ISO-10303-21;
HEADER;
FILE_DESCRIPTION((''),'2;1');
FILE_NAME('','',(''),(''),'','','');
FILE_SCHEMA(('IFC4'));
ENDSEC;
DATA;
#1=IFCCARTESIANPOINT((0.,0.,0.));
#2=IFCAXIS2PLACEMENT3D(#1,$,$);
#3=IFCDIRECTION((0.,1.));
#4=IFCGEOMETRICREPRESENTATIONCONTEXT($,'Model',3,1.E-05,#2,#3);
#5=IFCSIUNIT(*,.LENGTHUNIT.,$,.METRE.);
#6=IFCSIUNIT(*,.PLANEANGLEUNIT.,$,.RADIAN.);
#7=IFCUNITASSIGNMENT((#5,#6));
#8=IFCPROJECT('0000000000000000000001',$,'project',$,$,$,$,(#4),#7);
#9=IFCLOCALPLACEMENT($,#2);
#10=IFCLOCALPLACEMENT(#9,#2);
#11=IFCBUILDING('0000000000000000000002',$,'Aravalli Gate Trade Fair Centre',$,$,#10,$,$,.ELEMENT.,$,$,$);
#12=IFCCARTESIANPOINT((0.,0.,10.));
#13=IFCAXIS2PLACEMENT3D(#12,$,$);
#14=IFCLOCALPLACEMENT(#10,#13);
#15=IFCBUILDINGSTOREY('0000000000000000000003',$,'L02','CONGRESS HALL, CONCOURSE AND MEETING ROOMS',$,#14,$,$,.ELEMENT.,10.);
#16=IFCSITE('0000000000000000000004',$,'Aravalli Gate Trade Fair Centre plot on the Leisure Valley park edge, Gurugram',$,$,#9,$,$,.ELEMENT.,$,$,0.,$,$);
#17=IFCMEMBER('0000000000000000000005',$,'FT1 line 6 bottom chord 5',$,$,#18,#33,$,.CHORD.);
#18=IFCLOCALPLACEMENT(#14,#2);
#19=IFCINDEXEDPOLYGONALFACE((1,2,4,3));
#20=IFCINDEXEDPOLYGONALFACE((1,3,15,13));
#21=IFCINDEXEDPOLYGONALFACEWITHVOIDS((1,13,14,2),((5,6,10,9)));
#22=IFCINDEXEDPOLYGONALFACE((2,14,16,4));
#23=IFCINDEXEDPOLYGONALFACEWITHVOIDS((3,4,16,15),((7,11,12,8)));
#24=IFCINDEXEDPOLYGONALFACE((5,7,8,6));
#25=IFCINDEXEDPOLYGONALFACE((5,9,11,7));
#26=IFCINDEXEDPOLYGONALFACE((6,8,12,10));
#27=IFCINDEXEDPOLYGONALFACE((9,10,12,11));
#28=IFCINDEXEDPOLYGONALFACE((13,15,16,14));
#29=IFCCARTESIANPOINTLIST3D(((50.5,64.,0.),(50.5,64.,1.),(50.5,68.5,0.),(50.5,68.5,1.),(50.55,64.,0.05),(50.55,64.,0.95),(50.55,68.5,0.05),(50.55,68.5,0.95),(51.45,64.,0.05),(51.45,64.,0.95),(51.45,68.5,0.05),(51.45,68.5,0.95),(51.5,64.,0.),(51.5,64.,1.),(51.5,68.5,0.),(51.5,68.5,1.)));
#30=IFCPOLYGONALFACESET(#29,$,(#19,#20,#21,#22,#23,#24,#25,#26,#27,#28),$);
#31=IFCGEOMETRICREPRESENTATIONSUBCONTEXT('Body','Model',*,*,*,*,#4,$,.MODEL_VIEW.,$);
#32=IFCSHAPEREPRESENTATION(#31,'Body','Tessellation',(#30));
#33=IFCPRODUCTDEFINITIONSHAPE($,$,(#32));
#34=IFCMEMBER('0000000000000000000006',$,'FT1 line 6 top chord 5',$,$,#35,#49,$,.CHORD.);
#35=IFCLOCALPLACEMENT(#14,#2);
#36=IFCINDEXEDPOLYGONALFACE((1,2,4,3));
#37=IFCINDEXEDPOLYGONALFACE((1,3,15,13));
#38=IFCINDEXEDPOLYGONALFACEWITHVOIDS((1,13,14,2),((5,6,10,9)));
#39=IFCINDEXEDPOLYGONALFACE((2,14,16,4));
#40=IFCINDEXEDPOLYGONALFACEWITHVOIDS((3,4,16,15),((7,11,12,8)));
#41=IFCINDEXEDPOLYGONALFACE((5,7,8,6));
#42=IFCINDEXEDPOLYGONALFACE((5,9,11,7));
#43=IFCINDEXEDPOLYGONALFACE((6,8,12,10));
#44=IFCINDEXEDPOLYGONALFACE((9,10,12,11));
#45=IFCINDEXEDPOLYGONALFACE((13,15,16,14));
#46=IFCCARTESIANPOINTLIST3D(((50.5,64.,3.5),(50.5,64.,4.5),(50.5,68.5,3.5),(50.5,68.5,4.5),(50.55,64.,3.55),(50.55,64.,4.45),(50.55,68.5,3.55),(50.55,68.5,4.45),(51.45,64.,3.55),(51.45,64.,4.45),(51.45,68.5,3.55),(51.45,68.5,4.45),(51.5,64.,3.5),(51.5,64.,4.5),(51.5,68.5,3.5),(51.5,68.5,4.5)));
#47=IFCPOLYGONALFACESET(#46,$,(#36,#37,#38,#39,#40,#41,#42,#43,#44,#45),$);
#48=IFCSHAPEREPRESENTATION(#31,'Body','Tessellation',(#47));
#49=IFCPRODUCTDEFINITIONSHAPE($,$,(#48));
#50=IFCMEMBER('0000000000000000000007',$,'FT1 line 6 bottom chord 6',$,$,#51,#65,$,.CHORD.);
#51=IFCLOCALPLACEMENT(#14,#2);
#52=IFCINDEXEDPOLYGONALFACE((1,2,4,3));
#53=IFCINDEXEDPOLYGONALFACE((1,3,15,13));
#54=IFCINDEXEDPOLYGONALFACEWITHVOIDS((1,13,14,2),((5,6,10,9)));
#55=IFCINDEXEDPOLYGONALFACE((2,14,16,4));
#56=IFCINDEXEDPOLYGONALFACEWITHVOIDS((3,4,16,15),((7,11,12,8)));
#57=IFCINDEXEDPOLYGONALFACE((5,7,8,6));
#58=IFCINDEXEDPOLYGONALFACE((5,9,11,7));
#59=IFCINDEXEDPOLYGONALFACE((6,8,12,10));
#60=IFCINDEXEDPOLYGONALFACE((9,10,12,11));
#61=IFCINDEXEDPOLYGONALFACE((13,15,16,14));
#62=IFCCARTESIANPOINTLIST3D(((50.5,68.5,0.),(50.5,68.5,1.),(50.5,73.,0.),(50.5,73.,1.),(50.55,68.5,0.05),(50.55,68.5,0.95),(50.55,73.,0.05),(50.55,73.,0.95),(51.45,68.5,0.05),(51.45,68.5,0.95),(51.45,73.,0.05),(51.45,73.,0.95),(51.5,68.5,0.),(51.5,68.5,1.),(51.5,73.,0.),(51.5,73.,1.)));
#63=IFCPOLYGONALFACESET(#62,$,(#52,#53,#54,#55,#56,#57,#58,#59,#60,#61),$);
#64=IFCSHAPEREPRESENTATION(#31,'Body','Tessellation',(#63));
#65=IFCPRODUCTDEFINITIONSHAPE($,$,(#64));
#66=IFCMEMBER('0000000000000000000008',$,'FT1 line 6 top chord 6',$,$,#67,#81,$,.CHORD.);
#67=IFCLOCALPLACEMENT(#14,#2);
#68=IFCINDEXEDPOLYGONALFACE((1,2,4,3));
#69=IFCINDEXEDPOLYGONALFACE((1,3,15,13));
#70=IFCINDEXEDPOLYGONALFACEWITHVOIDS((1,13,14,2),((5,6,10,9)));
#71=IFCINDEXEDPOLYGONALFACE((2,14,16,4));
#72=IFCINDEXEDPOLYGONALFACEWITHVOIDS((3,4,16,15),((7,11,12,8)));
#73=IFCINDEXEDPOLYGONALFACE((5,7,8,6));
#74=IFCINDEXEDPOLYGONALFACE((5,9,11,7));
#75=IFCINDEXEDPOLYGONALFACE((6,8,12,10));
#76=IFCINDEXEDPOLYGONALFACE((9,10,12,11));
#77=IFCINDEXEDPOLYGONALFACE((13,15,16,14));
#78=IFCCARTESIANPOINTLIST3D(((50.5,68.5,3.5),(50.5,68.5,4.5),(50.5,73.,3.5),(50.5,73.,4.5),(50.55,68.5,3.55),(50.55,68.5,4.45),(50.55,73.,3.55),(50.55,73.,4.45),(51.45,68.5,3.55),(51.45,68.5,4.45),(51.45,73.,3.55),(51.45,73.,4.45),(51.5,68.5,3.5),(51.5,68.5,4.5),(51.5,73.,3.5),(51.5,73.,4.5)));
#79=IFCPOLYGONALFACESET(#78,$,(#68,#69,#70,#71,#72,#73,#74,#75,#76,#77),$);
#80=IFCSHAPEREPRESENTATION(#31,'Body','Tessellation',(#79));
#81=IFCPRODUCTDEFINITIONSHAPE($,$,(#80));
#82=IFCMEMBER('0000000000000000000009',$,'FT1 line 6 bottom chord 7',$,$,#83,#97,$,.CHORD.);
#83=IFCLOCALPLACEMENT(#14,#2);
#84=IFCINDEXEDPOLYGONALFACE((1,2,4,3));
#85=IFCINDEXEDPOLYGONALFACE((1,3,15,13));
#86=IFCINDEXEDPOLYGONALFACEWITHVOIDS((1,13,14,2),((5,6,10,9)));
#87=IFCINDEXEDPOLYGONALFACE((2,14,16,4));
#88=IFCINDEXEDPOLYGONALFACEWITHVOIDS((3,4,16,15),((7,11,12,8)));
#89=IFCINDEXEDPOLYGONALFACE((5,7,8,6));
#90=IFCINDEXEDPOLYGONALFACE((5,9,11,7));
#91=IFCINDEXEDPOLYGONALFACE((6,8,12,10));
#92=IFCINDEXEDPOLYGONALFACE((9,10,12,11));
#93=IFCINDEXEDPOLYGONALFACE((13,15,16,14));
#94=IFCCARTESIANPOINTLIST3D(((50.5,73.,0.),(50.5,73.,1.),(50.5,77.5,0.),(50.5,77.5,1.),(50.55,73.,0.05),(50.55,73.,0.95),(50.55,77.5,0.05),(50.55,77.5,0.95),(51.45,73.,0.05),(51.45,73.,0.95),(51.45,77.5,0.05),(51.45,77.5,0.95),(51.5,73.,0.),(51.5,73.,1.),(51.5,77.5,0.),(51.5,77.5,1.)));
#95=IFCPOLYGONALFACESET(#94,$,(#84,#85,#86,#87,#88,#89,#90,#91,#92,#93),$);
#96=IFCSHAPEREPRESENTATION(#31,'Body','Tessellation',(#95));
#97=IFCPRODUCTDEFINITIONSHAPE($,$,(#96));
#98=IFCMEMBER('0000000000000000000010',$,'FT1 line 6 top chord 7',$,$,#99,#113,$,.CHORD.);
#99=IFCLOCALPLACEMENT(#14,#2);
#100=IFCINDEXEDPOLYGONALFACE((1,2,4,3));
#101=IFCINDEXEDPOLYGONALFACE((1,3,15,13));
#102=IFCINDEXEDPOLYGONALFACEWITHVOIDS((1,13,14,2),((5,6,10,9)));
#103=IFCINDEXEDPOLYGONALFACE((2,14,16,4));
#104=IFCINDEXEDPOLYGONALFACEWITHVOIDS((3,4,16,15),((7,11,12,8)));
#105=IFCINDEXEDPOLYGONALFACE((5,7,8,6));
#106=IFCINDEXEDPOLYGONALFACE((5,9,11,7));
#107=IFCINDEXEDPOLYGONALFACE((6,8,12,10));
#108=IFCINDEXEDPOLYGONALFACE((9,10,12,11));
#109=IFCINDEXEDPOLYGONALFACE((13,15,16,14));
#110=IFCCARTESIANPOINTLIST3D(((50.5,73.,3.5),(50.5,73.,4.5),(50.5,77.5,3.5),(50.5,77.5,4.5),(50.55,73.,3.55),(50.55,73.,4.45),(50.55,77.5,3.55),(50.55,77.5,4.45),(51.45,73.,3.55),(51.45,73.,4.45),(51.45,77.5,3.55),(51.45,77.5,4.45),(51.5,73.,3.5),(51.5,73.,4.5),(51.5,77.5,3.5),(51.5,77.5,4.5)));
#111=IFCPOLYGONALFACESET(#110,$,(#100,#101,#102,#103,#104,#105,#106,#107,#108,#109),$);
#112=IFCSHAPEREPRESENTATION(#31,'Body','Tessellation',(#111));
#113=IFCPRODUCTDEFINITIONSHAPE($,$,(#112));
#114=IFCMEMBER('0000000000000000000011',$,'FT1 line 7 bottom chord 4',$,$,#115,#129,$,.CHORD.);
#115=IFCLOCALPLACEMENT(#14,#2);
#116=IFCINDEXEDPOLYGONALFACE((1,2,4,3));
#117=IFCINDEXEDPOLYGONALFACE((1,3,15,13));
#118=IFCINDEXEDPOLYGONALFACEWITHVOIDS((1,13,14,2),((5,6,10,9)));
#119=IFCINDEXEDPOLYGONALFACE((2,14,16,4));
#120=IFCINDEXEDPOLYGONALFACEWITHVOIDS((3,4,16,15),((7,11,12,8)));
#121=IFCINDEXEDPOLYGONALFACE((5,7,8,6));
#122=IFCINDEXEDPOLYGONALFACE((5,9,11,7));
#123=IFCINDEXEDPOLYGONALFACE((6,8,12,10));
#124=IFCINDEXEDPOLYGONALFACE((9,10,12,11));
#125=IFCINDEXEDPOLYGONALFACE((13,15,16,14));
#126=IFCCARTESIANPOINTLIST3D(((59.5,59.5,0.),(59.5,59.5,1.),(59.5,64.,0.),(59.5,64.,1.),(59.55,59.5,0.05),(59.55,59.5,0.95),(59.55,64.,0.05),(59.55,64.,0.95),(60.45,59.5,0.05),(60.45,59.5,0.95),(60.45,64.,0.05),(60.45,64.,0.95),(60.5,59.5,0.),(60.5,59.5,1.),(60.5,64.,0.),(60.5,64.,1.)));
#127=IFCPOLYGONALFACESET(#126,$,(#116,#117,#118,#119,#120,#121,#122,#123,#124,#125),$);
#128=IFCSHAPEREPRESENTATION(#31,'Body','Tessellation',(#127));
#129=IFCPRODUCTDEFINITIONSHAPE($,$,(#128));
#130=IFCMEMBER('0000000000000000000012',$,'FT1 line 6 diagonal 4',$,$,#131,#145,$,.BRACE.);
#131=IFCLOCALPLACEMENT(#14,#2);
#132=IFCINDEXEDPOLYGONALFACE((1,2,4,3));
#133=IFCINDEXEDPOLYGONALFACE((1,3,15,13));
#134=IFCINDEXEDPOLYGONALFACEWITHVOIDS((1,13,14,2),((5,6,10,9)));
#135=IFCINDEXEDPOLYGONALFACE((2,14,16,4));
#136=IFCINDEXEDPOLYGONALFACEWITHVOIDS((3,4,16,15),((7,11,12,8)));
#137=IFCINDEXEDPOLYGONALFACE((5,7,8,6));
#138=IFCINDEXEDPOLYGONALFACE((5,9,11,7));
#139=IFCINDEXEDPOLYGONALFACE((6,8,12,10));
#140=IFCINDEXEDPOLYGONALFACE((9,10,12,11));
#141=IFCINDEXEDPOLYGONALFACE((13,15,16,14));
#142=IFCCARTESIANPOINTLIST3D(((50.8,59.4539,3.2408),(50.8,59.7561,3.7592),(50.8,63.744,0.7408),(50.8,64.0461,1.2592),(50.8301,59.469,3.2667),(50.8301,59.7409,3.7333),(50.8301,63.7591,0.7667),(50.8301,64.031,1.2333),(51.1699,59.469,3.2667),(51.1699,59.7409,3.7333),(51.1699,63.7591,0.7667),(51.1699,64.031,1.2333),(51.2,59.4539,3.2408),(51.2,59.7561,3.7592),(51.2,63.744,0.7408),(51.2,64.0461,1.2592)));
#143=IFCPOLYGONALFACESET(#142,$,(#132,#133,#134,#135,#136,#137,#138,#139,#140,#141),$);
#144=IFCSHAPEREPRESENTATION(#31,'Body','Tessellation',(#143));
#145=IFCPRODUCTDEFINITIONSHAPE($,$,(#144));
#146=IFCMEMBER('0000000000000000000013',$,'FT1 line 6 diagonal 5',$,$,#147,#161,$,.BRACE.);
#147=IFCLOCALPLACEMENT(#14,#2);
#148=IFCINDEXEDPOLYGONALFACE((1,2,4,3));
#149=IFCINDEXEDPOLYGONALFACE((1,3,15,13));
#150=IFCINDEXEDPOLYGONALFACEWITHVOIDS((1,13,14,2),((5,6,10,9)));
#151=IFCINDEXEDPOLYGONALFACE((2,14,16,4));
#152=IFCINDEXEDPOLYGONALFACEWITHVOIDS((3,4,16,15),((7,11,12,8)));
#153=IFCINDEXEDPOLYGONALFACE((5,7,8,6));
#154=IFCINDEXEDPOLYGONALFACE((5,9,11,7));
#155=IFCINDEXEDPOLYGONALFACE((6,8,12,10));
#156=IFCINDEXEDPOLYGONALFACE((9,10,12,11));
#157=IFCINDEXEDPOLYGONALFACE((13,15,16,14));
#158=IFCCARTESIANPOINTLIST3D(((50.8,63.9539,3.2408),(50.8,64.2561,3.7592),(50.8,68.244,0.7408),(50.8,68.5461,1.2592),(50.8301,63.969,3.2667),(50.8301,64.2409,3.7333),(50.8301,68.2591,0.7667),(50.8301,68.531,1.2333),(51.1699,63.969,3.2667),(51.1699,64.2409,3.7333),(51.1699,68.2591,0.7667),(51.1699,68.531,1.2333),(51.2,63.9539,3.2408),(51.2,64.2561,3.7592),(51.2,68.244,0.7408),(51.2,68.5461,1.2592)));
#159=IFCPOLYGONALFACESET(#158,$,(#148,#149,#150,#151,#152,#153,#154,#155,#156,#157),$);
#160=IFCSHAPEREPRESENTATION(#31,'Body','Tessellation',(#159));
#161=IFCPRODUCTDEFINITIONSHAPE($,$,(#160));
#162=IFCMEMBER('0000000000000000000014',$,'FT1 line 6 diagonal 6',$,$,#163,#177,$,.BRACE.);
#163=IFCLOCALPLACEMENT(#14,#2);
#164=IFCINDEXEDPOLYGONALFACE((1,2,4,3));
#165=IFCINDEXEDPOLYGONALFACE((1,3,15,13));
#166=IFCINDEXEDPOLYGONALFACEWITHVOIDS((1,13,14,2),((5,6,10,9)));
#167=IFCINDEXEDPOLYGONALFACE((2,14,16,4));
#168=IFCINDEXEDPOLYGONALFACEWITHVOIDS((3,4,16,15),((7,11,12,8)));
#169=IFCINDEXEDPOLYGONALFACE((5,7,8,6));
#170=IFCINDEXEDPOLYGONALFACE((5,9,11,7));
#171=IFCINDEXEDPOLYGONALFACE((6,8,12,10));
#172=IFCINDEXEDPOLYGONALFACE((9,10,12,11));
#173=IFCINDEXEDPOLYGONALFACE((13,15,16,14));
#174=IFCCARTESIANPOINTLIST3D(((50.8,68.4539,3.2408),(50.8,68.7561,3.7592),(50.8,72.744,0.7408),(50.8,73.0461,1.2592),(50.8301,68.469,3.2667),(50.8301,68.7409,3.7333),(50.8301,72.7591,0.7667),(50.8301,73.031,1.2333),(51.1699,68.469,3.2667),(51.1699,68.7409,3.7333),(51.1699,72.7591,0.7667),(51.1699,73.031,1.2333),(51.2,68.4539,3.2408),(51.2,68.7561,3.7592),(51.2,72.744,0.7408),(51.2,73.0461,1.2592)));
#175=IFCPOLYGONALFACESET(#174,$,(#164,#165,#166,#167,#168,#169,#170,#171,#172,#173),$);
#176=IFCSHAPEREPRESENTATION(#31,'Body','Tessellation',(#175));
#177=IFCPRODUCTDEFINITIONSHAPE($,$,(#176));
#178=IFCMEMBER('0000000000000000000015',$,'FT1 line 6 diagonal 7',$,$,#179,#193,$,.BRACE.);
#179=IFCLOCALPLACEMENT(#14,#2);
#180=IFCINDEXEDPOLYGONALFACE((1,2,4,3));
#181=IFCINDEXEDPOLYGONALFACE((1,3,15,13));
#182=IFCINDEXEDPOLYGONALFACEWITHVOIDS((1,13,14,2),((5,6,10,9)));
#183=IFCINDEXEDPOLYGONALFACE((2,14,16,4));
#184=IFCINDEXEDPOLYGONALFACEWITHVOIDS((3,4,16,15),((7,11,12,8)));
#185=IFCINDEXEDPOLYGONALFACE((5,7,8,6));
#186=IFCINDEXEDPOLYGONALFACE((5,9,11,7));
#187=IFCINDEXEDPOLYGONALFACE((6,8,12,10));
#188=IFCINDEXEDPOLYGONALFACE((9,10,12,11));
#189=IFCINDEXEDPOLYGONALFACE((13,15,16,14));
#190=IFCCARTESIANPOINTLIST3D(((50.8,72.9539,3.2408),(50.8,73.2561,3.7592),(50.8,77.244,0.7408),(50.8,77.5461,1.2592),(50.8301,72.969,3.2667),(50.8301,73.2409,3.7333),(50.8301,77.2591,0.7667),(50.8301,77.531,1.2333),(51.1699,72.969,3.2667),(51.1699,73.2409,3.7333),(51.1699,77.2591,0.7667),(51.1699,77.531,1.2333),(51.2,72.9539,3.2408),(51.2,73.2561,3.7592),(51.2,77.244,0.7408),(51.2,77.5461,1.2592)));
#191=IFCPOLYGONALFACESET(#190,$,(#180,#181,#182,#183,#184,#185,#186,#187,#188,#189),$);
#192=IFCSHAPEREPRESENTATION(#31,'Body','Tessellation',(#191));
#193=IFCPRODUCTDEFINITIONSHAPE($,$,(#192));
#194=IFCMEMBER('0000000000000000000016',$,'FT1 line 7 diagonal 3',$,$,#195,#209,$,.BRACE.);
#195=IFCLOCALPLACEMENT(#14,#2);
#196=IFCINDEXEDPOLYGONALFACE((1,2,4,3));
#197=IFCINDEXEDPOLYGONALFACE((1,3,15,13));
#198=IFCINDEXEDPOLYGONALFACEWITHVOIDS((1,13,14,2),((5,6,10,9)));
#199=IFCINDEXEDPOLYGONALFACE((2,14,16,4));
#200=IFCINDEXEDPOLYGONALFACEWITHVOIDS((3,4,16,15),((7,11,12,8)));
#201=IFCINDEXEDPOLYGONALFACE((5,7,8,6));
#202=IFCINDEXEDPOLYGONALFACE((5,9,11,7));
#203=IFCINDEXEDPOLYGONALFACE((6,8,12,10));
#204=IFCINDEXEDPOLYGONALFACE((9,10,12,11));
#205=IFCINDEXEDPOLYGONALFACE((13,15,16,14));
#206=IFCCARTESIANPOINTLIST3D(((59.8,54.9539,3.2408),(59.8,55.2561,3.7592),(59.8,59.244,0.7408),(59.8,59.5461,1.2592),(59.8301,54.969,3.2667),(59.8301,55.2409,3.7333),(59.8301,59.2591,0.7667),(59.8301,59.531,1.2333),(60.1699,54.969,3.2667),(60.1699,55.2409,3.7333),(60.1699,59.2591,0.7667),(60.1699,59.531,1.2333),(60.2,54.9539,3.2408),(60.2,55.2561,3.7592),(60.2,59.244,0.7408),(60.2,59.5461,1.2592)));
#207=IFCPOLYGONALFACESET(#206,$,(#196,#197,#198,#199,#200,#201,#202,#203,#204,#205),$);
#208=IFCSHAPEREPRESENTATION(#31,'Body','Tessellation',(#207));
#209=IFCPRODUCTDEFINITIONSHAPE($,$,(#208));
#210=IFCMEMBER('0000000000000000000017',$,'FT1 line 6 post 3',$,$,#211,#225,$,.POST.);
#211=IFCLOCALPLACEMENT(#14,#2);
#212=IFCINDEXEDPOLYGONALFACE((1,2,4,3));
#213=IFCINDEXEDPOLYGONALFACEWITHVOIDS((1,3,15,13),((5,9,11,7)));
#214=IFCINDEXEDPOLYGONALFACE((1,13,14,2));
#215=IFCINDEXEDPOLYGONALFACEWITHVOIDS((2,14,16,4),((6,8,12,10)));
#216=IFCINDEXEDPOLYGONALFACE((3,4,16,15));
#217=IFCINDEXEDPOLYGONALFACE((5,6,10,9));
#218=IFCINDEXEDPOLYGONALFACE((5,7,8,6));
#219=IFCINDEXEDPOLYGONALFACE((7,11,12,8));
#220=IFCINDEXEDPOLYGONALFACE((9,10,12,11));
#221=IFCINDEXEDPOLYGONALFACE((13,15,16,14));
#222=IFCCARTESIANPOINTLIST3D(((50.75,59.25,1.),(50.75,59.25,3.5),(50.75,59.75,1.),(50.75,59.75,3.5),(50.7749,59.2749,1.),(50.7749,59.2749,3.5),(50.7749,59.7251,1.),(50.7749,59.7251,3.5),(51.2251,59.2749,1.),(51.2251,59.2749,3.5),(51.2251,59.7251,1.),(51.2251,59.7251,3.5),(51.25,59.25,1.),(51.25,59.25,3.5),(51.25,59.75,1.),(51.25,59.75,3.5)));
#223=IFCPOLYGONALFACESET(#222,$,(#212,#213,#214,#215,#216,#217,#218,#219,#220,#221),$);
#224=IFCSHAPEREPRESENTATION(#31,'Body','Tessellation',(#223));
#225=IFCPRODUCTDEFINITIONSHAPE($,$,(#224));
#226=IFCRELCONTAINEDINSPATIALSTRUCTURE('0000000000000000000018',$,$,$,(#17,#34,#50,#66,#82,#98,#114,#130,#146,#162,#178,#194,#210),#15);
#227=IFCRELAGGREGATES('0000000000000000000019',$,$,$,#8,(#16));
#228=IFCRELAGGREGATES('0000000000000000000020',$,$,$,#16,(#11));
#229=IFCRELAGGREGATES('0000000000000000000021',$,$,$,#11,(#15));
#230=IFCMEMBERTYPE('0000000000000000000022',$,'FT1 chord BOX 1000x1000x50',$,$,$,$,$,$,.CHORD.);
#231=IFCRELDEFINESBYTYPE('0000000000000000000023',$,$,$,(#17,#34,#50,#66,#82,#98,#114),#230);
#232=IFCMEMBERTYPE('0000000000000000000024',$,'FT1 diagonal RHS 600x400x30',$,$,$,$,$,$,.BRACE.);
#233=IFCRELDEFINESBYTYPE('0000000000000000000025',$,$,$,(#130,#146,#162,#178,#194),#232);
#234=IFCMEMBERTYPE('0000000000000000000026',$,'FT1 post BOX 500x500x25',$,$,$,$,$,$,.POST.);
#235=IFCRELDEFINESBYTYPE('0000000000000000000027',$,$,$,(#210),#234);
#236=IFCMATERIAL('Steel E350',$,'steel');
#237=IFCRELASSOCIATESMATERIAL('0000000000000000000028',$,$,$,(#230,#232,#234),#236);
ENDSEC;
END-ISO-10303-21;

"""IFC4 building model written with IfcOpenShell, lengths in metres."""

from ifc_helpers import new_model, si_unit, direction, frame, origin, origin_2d, place, context, subcontext, project, spatial, hollow_rectangle, extrude, material, material_profile, profile_set, type_object, element, save


model = new_model("IFC4")

# Units and contexts
model_context = context("Model", 3, precision=1e-05, world=origin(), true_north=direction((0.0, 1.0)))
body_context = subcontext(model_context, "Body", "Model", "MODEL_VIEW")
ifc_project = project(units=[si_unit("LENGTHUNIT", "METRE"), si_unit("PLANEANGLEUNIT", "RADIAN")], contexts=[model_context])

# Site, building, storey
site_placement = place(None, origin())
site = spatial("IfcSite", under=ifc_project, at=site_placement, Name="Aravalli Gate Trade Fair Centre plot on the Leisure Valley park edge, Gurugram", CompositionType="ELEMENT", RefElevation=0.0)
building_placement = place(site_placement, origin())
building = spatial("IfcBuilding", under=site, at=building_placement, Name="Aravalli Gate Trade Fair Centre", CompositionType="ELEMENT")
storey_placement = place(building_placement, frame((0.0, 0.0, 10.0)))
storey = spatial("IfcBuildingStorey", under=building, at=storey_placement, Name="L02", Description="CONGRESS HALL, CONCOURSE AND MEETING ROOMS", CompositionType="ELEMENT", Elevation=10.0)

# Members
ifc_material_1 = material(Name="Steel E350", Category="steel")
ifc_material_profile_1 = material_profile(ifc_material_1, hollow_rectangle(XDim=1.0, YDim=1.0, WallThickness=0.05, at=origin_2d()), Name="BOX 1000x1000x50")
ifc_profile_set_1 = profile_set([ifc_material_profile_1], Name="Steel E350")
member_type_1 = type_object("IfcMemberType", Name="FT1 chord BOX 1000x1000x50", PredefinedType="CHORD", material=ifc_profile_set_1)
for number, where, z_axis, x_axis, name in (
    (1, (51.0, 64.0, 0.5), (0.0, 1.0, 0.0), (-1.0, 0.0, 0.0), "FT1 line 6 bottom chord 5"),
    (2, (51.0, 64.0, 4.0), (0.0, 1.0, 0.0), (-1.0, 0.0, 0.0), "FT1 line 6 top chord 5"),
    (3, (51.0, 68.5, 0.5), (0.0, 1.0, 0.0), (-1.0, 0.0, 0.0), "FT1 line 6 bottom chord 6"),
    (4, (51.0, 68.5, 4.0), (0.0, 1.0, 0.0), (-1.0, 0.0, 0.0), "FT1 line 6 top chord 6"),
    (5, (51.0, 73.0, 0.5), (0.0, 1.0, 0.0), (-1.0, 0.0, 0.0), "FT1 line 6 bottom chord 7"),
    (6, (51.0, 73.0, 4.0), (0.0, 1.0, 0.0), (-1.0, 0.0, 0.0), "FT1 line 6 top chord 7"),
    (7, (60.0, 59.5, 0.5), (0.0, 1.0, 0.0), (-1.0, 0.0, 0.0), "FT1 line 7 bottom chord 4"),
):
    element("IfcMember", number, at=place(storey_placement, frame(where, z_axis=z_axis, x_axis=x_axis)), inside=storey, type_object=member_type_1, Name=name, PredefinedType="CHORD", context=body_context, shape_type="SweptSolid", body=[
        extrude(hollow_rectangle(XDim=1.0, YDim=1.0, WallThickness=0.05, at=origin_2d()), origin(), (0.0, 0.0, 1.0), 4.5),
    ])
ifc_material_profile_2 = material_profile(ifc_material_1, hollow_rectangle(XDim=0.3999, YDim=0.6001, WallThickness=0.03, at=origin_2d()), Name="RHS 600x400x30")
ifc_profile_set_2 = profile_set([ifc_material_profile_2], Name="Steel E350")
member_type_2 = type_object("IfcMemberType", Name="FT1 diagonal RHS 600x400x30", PredefinedType="BRACE", material=ifc_profile_set_2)
for number, where, z_axis, x_axis, name in (
    (8, (51.0, 59.605, 3.5), (0.0, 0.864, -0.503492), (-1.0, 0.0, 0.0), "FT1 line 6 diagonal 4"),
    (9, (51.0, 64.105, 3.5), (0.0, 0.864, -0.503492), (-1.0, 0.0, 0.0), "FT1 line 6 diagonal 5"),
    (10, (51.0, 68.605, 3.5), (0.0, 0.864, -0.503492), (-1.0, 0.0, 0.0), "FT1 line 6 diagonal 6"),
    (11, (51.0, 73.105, 3.5), (0.0, 0.864, -0.503492), (-1.0, 0.0, 0.0), "FT1 line 6 diagonal 7"),
    (12, (60.0, 55.105, 3.5), (0.0, 0.864, -0.503492), (-1.0, 0.0, 0.0), "FT1 line 7 diagonal 3"),
):
    element("IfcMember", number, at=place(storey_placement, frame(where, z_axis=z_axis, x_axis=x_axis)), inside=storey, type_object=member_type_2, Name=name, PredefinedType="BRACE", context=body_context, shape_type="SweptSolid", body=[
        extrude(hollow_rectangle(XDim=0.3999, YDim=0.6001, WallThickness=0.03, at=origin_2d()), origin(), (0.0, 0.0, 1.0), 4.9653),
    ])
ifc_material_profile_3 = material_profile(ifc_material_1, hollow_rectangle(XDim=0.5, YDim=0.5, WallThickness=0.0249, at=origin_2d()), Name="BOX 500x500x25")
ifc_profile_set_3 = profile_set([ifc_material_profile_3], Name="Steel E350")
member_type_3 = type_object("IfcMemberType", Name="FT1 post BOX 500x500x25", PredefinedType="POST", material=ifc_profile_set_3)
for number, where, z_axis, x_axis, name in (
    (13, (51.0, 59.5, 1.0), (0.0, 0.0, 1.0), (1.0, 0.0, 0.0), "FT1 line 6 post 3"),
):
    element("IfcMember", number, at=place(storey_placement, frame(where, z_axis=z_axis, x_axis=x_axis)), inside=storey, type_object=member_type_3, Name=name, PredefinedType="POST", context=body_context, shape_type="SweptSolid", body=[
        extrude(hollow_rectangle(XDim=0.5, YDim=0.5, WallThickness=0.0249, at=origin_2d()), origin(), (0.0, 0.0, 1.0), 2.5),
    ])

save(model, "model.ifc")
